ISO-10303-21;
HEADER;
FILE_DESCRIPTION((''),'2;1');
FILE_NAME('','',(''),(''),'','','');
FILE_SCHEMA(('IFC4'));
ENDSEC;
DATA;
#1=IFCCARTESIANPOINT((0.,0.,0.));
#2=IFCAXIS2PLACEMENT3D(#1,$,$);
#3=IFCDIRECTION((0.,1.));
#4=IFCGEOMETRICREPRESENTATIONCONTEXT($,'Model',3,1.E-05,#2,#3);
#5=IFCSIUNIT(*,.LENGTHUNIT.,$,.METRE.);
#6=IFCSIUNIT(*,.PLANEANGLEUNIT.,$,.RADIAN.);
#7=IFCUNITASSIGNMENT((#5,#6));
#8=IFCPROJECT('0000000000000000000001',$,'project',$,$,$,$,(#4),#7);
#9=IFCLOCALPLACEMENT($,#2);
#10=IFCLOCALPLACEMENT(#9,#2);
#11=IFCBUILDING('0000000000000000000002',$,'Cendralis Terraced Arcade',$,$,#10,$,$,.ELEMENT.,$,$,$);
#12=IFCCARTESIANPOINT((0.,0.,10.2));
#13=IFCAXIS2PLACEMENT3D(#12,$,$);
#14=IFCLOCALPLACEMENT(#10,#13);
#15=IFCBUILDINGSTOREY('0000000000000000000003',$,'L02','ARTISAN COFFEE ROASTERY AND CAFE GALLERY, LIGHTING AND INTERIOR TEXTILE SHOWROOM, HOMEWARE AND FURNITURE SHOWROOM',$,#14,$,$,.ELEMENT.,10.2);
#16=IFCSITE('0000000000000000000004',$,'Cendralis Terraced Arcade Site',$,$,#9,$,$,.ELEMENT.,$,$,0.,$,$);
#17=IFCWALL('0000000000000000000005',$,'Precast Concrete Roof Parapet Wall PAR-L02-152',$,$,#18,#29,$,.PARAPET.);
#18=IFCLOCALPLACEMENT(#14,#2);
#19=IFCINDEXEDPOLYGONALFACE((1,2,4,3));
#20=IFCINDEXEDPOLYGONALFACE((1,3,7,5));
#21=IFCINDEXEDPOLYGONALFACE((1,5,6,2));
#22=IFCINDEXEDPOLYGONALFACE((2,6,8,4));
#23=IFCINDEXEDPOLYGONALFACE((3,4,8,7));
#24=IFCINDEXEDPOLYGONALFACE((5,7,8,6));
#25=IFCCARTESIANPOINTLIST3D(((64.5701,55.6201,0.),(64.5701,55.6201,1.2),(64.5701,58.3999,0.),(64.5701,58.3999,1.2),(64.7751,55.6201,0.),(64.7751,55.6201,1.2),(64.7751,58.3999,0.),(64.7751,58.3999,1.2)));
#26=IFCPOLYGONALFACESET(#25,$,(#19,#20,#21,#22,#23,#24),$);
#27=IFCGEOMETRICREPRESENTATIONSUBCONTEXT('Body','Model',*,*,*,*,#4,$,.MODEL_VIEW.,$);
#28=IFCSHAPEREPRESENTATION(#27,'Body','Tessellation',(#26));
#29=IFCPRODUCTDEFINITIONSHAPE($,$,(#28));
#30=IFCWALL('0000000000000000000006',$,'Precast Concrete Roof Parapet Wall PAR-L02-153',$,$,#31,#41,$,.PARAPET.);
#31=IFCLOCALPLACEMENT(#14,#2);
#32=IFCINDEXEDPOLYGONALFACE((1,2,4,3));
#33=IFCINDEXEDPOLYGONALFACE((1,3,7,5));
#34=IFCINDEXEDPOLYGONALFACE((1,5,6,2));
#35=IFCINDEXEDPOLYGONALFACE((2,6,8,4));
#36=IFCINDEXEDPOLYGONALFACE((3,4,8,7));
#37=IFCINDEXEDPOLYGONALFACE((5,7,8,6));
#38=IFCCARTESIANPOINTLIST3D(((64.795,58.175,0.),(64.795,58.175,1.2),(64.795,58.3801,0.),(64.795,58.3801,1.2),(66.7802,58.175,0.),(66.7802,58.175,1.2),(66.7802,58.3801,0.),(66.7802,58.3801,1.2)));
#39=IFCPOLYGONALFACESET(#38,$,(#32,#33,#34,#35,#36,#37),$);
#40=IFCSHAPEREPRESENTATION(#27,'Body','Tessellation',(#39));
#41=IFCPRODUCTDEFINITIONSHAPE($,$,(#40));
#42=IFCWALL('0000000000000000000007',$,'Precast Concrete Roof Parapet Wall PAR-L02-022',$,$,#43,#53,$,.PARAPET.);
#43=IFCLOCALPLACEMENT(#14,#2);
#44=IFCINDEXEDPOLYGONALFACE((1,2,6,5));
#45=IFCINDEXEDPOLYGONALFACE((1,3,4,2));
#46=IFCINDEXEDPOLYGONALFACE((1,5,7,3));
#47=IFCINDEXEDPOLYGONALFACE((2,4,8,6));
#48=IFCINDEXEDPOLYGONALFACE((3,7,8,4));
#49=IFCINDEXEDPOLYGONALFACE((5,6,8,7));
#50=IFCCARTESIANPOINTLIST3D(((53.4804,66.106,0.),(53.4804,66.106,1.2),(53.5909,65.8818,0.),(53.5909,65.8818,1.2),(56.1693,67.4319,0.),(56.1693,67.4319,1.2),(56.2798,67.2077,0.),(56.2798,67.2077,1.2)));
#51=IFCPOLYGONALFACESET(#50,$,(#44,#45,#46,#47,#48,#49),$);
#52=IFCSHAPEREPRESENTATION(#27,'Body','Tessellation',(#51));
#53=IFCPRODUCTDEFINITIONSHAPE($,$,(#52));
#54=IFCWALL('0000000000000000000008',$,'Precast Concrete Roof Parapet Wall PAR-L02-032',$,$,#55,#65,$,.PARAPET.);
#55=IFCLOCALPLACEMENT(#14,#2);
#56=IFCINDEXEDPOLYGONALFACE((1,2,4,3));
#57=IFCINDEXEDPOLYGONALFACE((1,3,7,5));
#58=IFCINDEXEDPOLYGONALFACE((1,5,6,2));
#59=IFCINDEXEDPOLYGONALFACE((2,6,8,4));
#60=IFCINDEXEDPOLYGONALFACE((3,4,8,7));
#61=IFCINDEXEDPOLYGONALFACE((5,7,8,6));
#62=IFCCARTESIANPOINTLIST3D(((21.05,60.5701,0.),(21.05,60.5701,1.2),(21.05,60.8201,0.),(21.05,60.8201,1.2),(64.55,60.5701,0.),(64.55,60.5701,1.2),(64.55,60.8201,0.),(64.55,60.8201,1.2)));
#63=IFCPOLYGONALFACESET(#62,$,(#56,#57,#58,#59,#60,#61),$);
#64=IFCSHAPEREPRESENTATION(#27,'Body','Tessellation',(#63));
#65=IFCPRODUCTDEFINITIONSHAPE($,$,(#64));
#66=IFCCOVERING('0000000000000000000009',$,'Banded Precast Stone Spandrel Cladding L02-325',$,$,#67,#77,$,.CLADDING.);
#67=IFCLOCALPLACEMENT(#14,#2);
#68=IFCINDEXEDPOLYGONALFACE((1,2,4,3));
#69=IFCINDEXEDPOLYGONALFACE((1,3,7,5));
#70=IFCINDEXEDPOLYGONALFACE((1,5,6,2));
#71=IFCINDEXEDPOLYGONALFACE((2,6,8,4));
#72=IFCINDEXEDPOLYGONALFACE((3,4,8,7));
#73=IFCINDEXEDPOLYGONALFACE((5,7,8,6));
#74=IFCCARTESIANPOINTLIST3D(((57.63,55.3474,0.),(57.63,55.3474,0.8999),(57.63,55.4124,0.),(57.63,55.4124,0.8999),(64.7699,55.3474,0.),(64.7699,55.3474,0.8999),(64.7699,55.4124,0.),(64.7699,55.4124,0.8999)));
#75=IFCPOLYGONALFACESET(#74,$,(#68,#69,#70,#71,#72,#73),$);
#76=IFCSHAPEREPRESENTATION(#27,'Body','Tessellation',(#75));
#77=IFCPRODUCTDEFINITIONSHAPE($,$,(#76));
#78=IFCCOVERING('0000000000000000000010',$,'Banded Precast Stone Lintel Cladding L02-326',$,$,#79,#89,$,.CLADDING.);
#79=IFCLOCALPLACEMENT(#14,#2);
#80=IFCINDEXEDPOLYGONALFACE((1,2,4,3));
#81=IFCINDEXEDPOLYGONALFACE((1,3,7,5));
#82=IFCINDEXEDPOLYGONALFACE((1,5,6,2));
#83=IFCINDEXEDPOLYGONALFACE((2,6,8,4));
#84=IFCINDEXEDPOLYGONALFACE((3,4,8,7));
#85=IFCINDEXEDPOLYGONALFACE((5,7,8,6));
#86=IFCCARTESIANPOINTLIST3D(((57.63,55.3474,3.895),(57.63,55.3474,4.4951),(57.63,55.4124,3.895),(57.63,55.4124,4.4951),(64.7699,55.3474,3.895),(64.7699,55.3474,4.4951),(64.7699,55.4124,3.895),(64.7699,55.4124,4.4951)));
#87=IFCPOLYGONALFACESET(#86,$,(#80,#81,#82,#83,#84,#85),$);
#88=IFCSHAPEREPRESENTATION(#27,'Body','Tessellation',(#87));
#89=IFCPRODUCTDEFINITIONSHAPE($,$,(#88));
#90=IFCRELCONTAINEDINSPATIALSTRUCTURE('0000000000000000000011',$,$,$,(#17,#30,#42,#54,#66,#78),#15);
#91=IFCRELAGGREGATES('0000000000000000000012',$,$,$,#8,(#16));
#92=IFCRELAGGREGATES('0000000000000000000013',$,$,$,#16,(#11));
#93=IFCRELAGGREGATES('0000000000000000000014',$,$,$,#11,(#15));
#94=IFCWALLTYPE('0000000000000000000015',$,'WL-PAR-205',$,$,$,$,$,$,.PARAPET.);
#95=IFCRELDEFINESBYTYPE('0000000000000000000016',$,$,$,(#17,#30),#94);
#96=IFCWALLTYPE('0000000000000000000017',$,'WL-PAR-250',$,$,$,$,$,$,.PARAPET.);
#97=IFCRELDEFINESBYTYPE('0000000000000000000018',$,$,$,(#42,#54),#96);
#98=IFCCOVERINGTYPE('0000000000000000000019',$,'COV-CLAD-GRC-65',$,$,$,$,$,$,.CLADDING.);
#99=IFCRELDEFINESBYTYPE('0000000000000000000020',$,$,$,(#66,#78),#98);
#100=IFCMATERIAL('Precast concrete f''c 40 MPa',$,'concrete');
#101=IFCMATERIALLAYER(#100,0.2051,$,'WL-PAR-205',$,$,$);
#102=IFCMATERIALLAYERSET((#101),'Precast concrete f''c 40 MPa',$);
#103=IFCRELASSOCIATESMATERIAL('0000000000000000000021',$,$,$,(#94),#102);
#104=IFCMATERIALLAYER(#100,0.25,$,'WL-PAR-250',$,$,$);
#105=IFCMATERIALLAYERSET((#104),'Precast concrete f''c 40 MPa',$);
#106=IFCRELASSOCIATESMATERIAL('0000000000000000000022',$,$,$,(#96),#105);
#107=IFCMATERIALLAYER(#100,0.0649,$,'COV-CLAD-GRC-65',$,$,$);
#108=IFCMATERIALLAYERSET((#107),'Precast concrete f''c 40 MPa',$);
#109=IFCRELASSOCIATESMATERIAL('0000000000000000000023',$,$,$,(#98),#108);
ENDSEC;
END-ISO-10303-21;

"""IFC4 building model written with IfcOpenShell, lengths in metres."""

from ifc_helpers import new_model, si_unit, direction, frame, frame_2d, origin, origin_2d, place, context, subcontext, project, spatial, rectangle, extrude, material, layer, layer_set, type_object, element, save


model = new_model("IFC4")

# Units and contexts
model_context = context("Model", 3, precision=1e-05, world=origin(), true_north=direction((0.0, 1.0)))
body_context = subcontext(model_context, "Body", "Model", "MODEL_VIEW")
ifc_project = project(units=[si_unit("LENGTHUNIT", "METRE"), si_unit("PLANEANGLEUNIT", "RADIAN")], contexts=[model_context])

# Site, building, storey
site_placement = place(None, origin())
site = spatial("IfcSite", under=ifc_project, at=site_placement, Name="Cendralis Terraced Arcade Site", CompositionType="ELEMENT", RefElevation=0.0)
building_placement = place(site_placement, origin())
building = spatial("IfcBuilding", under=site, at=building_placement, Name="Cendralis Terraced Arcade", CompositionType="ELEMENT")
storey_placement = place(building_placement, frame((0.0, 0.0, 10.2)))
storey = spatial("IfcBuildingStorey", under=building, at=storey_placement, Name="L02", Description="ARTISAN COFFEE ROASTERY AND CAFE GALLERY, LIGHTING AND INTERIOR TEXTILE SHOWROOM, HOMEWARE AND FURNITURE SHOWROOM", CompositionType="ELEMENT", Elevation=10.2)

# Shared definitions
ifc_material_1 = material(Name="Precast concrete f'c 40 MPa", Category="concrete")

# Walls
ifc_layer_1 = layer(ifc_material_1, 0.2051, Name="WL-PAR-205")
ifc_layer_set_1 = layer_set([ifc_layer_1], Name="Precast concrete f'c 40 MPa")
wall_type_1 = type_object("IfcWallType", Name="WL-PAR-205", PredefinedType="PARAPET", material=ifc_layer_set_1)
wall_1_placement = place(storey_placement, frame((64.6726, 55.6201, 0.0), z_axis=(0.0, 0.0, 1.0), x_axis=(0.0, 1.0, 0.0)))
element("IfcWall", 1, at=wall_1_placement, inside=storey, type_object=wall_type_1, Name="Precast Concrete Roof Parapet Wall PAR-L02-152", PredefinedType="PARAPET", context=body_context, shape_type="SweptSolid", body=[
    extrude(rectangle(XDim=2.7798, YDim=0.2051, at=frame_2d((1.3899, 0.0))), origin(), (0.0, 0.0, 1.0), 1.2),
])
wall_2_placement = place(storey_placement, frame((64.7949, 58.2776, 0.0), z_axis=(0.0, 0.0, 1.0), x_axis=(1.0, 0.0, 0.0)))
element("IfcWall", 2, at=wall_2_placement, inside=storey, type_object=wall_type_1, Name="Precast Concrete Roof Parapet Wall PAR-L02-153", PredefinedType="PARAPET", context=body_context, shape_type="SweptSolid", body=[
    extrude(rectangle(XDim=1.9851, YDim=0.2051, at=frame_2d((0.9927, 0.0))), origin(), (0.0, 0.0, 1.0), 1.2),
])
ifc_layer_2 = layer(ifc_material_1, 0.25, Name="WL-PAR-250")
ifc_layer_set_2 = layer_set([ifc_layer_2], Name="Precast concrete f'c 40 MPa")
wall_type_2 = type_object("IfcWallType", Name="WL-PAR-250", PredefinedType="PARAPET", material=ifc_layer_set_2)
wall_3_placement = place(storey_placement, frame((53.5356, 65.9939, 0.0), z_axis=(0.0, 0.0, 1.0), x_axis=(0.896889, 0.442256, 0.0)))
element("IfcWall", 3, at=wall_3_placement, inside=storey, type_object=wall_type_2, Name="Precast Concrete Roof Parapet Wall PAR-L02-022", PredefinedType="PARAPET", context=body_context, shape_type="SweptSolid", body=[
    extrude(rectangle(XDim=2.998, YDim=0.25, at=frame_2d((1.499, 0.0))), origin(), (0.0, 0.0, 1.0), 1.2),
])
wall_4_placement = place(storey_placement, frame((64.55, 60.6951, 0.0), z_axis=(0.0, 0.0, 1.0), x_axis=(-1.0, 0.0, 0.0)))
element("IfcWall", 4, at=wall_4_placement, inside=storey, type_object=wall_type_2, Name="Precast Concrete Roof Parapet Wall PAR-L02-032", PredefinedType="PARAPET", context=body_context, shape_type="SweptSolid", body=[
    extrude(rectangle(XDim=43.5, YDim=0.25, at=frame_2d((21.75, 0.0))), origin(), (0.0, 0.0, 1.0), 1.2),
])

# Coverings
ifc_layer_3 = layer(ifc_material_1, 0.0649, Name="COV-CLAD-GRC-65")
ifc_layer_set_3 = layer_set([ifc_layer_3], Name="Precast concrete f'c 40 MPa")
covering_type = type_object("IfcCoveringType", Name="COV-CLAD-GRC-65", PredefinedType="CLADDING", material=ifc_layer_set_3)
covering_1_placement = place(storey_placement, frame((61.2, 55.3799, 0.0), z_axis=(0.0, 0.0, 1.0), x_axis=(1.0, 0.0, 0.0)))
element("IfcCovering", 5, at=covering_1_placement, inside=storey, type_object=covering_type, Name="Banded Precast Stone Spandrel Cladding L02-325", PredefinedType="CLADDING", context=body_context, shape_type="SweptSolid", body=[
    extrude(rectangle(XDim=7.1399, YDim=0.0649, at=origin_2d()), origin(), (0.0, 0.0, 1.0), 0.8999),
])
covering_2_placement = place(storey_placement, frame((61.2, 55.3799, 3.895), z_axis=(0.0, 0.0, 1.0), x_axis=(1.0, 0.0, 0.0)))
element("IfcCovering", 6, at=covering_2_placement, inside=storey, type_object=covering_type, Name="Banded Precast Stone Lintel Cladding L02-326", PredefinedType="CLADDING", context=body_context, shape_type="SweptSolid", body=[
    extrude(rectangle(XDim=7.1399, YDim=0.0649, at=origin_2d()), origin(), (0.0, 0.0, 1.0), 0.6001),
])

save(model, "model.ifc")
